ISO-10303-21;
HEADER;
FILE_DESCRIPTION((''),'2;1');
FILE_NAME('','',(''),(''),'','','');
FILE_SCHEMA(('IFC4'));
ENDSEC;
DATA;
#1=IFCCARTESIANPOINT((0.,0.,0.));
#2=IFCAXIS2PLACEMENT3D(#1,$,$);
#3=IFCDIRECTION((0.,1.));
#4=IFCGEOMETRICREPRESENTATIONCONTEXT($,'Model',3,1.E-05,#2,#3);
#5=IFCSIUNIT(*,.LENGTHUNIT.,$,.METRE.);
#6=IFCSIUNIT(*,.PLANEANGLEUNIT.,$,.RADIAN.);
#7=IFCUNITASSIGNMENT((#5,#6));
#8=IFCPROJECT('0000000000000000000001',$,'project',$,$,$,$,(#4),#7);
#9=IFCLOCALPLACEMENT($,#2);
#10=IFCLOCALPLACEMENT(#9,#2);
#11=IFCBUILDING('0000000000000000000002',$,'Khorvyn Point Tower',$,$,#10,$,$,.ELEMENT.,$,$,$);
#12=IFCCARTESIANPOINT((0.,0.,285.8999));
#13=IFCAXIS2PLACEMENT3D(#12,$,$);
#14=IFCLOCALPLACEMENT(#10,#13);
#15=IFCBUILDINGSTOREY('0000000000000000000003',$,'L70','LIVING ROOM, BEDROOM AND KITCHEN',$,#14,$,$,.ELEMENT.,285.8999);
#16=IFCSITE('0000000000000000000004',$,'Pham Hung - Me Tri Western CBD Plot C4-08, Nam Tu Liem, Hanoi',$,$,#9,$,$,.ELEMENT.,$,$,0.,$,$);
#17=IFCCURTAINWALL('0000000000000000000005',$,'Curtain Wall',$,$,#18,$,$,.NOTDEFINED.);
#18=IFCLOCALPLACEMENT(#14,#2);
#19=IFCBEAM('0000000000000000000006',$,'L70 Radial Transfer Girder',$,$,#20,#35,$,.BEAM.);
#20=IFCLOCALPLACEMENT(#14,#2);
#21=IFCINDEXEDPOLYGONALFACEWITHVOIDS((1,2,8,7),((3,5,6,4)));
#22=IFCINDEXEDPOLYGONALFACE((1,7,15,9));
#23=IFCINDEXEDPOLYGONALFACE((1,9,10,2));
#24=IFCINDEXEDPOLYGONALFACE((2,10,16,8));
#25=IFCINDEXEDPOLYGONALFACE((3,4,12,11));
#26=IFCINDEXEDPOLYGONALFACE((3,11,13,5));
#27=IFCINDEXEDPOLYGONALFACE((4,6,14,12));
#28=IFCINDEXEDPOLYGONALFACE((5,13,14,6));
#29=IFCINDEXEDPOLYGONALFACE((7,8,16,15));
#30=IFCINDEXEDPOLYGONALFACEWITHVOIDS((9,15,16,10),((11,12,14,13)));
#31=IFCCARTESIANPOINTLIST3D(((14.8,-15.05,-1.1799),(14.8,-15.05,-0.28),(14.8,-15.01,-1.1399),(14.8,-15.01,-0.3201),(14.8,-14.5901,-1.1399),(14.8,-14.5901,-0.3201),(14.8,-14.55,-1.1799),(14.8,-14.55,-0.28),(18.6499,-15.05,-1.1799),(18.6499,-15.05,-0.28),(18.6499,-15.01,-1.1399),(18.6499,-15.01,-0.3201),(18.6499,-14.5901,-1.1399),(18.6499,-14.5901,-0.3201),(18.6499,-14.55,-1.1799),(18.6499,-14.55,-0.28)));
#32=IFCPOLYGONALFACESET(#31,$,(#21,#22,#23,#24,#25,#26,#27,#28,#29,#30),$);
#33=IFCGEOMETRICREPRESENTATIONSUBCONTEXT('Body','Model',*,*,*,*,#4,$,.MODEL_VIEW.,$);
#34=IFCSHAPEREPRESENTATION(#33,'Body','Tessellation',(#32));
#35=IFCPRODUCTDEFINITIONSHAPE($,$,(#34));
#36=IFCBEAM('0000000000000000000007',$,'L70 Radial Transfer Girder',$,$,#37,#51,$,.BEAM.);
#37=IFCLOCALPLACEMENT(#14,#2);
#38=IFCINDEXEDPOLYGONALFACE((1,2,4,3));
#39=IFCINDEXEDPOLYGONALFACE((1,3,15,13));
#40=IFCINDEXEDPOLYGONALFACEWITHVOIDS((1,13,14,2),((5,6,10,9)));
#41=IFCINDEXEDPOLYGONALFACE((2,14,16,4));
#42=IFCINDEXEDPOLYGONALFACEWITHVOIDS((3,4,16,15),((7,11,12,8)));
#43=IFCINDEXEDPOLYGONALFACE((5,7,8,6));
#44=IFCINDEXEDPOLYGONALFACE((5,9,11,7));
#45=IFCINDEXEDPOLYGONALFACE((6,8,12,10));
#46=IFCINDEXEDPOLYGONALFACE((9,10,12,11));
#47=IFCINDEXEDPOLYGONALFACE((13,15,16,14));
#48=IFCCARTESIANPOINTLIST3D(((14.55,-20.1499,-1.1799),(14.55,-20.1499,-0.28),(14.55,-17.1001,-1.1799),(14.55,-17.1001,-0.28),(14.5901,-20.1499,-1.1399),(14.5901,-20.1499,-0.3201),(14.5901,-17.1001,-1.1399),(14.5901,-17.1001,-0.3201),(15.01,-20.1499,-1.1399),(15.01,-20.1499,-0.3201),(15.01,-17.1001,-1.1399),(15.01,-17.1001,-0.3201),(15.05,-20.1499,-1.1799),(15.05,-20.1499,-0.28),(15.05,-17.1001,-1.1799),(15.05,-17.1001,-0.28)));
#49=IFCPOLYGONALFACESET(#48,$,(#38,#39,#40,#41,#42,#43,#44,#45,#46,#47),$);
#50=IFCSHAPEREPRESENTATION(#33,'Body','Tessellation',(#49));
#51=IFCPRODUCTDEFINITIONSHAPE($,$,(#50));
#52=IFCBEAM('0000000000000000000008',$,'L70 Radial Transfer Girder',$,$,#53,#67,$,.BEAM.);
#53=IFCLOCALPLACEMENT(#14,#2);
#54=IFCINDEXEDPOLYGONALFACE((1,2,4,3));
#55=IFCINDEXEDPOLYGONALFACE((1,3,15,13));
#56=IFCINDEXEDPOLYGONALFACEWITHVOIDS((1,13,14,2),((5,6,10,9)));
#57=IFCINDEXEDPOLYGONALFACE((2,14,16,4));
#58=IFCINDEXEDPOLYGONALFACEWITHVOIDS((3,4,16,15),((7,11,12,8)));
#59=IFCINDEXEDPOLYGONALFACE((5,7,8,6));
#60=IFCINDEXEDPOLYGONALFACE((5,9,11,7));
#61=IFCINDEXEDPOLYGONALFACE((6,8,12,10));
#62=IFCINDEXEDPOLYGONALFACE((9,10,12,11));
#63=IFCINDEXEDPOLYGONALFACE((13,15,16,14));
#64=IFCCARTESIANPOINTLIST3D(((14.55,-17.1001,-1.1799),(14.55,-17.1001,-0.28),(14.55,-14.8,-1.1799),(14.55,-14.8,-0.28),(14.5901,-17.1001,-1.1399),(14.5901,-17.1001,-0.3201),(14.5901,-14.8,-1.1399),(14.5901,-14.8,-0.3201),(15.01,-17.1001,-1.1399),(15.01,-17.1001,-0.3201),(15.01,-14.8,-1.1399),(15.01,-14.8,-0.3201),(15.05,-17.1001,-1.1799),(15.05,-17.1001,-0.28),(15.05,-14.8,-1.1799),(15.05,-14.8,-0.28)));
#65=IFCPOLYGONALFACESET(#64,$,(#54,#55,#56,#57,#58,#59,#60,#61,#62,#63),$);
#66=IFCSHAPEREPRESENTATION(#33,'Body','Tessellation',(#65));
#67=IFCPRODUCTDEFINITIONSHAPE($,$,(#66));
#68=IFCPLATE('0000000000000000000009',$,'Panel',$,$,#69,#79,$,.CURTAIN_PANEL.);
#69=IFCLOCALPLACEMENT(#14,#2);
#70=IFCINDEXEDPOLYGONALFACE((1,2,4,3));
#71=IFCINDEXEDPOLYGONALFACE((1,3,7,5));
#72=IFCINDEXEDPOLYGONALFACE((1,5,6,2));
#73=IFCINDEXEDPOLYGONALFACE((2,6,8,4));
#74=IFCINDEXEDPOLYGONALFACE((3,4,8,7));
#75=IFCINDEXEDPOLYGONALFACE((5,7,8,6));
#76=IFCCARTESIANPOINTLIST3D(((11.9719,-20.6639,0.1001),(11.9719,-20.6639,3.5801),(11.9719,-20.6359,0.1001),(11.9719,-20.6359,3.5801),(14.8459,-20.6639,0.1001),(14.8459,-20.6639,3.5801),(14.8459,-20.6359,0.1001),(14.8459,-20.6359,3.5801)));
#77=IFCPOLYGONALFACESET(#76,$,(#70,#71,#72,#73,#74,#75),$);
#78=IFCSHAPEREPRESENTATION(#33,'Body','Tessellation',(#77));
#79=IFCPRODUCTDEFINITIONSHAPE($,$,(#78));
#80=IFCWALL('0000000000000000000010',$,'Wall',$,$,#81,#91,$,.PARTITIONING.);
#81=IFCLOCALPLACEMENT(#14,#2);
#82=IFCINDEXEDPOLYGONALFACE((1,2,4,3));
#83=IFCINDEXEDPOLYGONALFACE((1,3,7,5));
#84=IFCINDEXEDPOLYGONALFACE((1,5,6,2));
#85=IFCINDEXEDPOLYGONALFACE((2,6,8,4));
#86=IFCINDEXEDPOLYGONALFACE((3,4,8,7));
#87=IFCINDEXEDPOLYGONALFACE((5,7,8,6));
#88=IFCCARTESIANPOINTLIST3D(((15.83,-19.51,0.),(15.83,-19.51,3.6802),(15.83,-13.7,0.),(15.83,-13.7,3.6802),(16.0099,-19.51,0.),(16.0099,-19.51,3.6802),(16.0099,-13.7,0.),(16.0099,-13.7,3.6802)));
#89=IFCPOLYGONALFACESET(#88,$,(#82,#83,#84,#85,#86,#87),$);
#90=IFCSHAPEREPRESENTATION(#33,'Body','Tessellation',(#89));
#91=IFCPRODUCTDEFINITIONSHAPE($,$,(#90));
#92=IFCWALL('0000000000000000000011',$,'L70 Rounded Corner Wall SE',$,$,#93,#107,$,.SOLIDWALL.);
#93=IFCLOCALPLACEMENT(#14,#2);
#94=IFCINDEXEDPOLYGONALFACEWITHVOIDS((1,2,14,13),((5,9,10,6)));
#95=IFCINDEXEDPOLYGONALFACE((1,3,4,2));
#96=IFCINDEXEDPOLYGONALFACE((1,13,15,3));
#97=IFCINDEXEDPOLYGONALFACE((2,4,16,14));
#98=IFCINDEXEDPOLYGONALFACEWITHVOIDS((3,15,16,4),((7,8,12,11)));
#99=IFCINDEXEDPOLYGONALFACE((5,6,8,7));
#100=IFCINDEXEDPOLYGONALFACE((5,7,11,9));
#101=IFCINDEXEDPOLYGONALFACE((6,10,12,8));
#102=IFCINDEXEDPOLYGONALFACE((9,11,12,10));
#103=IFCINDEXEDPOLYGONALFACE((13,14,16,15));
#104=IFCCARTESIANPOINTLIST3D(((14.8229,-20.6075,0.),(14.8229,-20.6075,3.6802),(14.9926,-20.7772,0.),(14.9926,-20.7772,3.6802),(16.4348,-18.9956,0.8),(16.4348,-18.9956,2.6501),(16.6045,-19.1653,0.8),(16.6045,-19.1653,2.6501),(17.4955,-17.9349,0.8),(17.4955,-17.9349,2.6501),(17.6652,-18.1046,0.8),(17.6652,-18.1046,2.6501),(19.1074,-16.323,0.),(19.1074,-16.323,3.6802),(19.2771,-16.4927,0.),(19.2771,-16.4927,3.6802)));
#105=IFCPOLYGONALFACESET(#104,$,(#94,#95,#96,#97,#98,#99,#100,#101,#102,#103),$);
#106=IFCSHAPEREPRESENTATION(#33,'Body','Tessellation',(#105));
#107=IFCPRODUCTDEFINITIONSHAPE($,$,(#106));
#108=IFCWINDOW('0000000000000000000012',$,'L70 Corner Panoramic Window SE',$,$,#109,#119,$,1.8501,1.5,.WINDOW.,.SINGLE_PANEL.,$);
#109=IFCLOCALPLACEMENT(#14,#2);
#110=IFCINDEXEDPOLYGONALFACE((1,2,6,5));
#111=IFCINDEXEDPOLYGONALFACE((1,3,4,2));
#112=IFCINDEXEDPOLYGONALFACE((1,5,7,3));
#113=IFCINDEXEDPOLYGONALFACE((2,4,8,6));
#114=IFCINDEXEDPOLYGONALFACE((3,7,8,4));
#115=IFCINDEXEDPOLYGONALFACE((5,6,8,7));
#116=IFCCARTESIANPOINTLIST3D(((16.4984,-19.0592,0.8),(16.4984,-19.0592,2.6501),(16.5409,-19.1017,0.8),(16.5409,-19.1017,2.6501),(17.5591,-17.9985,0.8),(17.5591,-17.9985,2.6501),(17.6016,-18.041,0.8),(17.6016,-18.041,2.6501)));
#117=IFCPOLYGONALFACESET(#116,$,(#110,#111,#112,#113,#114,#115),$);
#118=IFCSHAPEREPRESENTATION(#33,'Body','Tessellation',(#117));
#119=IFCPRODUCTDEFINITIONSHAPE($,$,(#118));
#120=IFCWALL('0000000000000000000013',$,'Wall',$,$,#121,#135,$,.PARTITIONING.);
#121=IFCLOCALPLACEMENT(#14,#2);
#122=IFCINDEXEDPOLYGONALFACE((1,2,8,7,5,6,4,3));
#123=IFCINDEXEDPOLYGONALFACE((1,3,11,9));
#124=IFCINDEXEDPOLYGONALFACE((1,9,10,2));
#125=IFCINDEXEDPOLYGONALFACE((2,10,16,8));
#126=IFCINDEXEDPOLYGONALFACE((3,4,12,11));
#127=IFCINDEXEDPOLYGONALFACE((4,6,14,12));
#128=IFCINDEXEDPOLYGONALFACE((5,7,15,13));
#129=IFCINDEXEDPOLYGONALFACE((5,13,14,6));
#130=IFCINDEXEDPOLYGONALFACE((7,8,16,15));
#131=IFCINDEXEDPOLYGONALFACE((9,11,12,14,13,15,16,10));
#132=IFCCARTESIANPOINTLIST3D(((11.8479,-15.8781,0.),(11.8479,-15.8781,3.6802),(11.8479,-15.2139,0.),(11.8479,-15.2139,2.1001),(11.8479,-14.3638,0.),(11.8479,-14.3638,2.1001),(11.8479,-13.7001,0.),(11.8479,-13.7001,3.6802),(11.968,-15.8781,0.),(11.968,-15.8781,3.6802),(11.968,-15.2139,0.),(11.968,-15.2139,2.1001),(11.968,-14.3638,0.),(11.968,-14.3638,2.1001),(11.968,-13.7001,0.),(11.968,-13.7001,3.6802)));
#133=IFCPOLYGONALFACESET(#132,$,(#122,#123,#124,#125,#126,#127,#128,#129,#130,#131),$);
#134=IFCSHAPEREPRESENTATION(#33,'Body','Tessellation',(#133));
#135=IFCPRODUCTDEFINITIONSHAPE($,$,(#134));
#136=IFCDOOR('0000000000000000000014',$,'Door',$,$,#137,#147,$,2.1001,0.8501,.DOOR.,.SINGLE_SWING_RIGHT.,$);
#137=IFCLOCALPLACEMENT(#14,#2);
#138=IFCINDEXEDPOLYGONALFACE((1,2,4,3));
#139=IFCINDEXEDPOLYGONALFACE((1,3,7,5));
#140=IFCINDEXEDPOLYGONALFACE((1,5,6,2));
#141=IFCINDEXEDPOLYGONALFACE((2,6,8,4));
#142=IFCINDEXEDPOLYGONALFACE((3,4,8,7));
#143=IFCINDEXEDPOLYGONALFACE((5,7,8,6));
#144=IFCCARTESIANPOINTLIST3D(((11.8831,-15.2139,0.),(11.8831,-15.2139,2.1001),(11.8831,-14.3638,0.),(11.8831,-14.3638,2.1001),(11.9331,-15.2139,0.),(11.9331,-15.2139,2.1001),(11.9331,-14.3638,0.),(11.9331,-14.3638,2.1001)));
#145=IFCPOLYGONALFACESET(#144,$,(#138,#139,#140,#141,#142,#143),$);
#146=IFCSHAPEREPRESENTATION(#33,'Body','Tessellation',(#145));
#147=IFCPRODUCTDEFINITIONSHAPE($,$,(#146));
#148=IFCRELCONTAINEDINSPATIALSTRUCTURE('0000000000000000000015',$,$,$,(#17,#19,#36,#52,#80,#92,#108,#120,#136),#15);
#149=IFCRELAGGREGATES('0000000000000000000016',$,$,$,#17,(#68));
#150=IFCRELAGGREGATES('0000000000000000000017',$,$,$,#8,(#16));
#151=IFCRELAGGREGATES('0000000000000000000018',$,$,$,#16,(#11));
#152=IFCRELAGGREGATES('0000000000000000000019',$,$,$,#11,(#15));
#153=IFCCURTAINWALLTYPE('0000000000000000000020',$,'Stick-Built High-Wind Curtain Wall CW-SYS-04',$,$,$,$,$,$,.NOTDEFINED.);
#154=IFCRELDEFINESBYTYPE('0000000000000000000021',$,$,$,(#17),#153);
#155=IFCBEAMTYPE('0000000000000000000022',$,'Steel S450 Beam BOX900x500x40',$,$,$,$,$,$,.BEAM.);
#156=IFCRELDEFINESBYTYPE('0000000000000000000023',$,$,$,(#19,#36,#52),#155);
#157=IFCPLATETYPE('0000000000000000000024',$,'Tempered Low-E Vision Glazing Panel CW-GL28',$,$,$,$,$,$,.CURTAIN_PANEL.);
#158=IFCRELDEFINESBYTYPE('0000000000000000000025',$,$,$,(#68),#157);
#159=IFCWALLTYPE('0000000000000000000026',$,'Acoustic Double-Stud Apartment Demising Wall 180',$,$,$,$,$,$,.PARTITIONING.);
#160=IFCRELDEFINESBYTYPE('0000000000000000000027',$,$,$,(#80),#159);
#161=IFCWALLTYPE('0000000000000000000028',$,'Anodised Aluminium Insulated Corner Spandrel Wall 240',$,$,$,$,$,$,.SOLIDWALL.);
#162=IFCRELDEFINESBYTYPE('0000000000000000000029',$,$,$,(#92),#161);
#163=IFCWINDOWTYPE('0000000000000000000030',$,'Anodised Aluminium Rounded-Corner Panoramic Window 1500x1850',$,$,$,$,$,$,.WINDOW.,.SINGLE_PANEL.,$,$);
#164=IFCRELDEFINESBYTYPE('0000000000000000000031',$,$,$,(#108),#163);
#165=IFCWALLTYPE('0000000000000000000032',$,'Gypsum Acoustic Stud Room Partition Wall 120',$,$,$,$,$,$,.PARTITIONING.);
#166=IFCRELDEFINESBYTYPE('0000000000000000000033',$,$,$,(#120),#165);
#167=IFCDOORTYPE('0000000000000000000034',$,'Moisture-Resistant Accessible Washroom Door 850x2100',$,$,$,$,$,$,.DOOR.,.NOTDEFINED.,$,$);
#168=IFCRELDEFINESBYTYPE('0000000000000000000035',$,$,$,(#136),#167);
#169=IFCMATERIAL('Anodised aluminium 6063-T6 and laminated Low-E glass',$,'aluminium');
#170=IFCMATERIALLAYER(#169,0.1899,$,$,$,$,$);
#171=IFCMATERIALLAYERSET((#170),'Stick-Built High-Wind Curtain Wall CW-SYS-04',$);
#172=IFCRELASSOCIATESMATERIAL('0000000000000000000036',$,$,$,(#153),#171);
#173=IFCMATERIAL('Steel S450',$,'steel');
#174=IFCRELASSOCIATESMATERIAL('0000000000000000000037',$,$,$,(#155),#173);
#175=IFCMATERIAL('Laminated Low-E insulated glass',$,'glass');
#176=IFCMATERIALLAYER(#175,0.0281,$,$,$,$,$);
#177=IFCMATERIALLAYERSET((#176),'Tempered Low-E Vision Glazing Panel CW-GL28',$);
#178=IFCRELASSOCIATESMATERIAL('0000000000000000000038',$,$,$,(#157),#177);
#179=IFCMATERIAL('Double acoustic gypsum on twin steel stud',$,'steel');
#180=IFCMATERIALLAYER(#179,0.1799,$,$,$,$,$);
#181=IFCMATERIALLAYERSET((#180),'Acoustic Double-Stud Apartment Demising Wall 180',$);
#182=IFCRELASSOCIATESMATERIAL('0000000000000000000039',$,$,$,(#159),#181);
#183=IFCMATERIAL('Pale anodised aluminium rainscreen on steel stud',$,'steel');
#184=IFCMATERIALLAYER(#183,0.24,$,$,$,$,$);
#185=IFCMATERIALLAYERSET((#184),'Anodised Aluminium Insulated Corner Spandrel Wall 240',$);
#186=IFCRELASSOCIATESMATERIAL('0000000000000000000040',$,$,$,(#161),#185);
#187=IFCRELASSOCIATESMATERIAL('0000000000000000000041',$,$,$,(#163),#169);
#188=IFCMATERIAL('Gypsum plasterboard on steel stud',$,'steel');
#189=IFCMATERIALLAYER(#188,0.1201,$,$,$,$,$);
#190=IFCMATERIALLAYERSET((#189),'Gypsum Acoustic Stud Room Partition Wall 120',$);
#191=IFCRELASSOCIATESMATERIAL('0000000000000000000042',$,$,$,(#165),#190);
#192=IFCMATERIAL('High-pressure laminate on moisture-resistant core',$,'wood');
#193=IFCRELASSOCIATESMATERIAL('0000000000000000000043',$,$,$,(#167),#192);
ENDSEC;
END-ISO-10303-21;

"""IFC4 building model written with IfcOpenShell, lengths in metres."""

from ifc_helpers import new_model, si_unit, direction, frame, frame_2d, origin, origin_2d, place, context, subcontext, project, spatial, rectangle, hollow_rectangle, extrude, material, layer, layer_set, material_profile, profile_set, type_object, element, fill, aggregate, save


model = new_model("IFC4")

# Units and contexts
model_context = context("Model", 3, precision=1e-05, world=origin(), true_north=direction((0.0, 1.0)))
body_context = subcontext(model_context, "Body", "Model", "MODEL_VIEW")
ifc_project = project(units=[si_unit("LENGTHUNIT", "METRE"), si_unit("PLANEANGLEUNIT", "RADIAN")], contexts=[model_context])

# Site, building, storey
site_placement = place(None, origin())
site = spatial("IfcSite", under=ifc_project, at=site_placement, Name="Pham Hung - Me Tri Western CBD Plot C4-08, Nam Tu Liem, Hanoi", CompositionType="ELEMENT", RefElevation=0.0)
building_placement = place(site_placement, origin())
building = spatial("IfcBuilding", under=site, at=building_placement, Name="Khorvyn Point Tower", CompositionType="ELEMENT")
storey_placement = place(building_placement, frame((0.0, 0.0, 285.8999)))
storey = spatial("IfcBuildingStorey", under=building, at=storey_placement, Name="L70", Description="LIVING ROOM, BEDROOM AND KITCHEN", CompositionType="ELEMENT", Elevation=285.8999)

# Shared definitions
ifc_material_1 = material(Name="Steel S450", Category="steel")

# Curtain wall
ifc_material_2 = material(Name="Anodised aluminium 6063-T6 and laminated Low-E glass", Category="aluminium")
ifc_layer_1 = layer(ifc_material_2, 0.1899)
ifc_layer_set_1 = layer_set([ifc_layer_1], Name="Stick-Built High-Wind Curtain Wall CW-SYS-04")
curtain_wall_type = type_object("IfcCurtainWallType", Name="Stick-Built High-Wind Curtain Wall CW-SYS-04", PredefinedType="NOTDEFINED", material=ifc_layer_set_1)
curtain_wall_1_placement = place(storey_placement, origin())
curtain_wall_1 = element("IfcCurtainWall", 1, at=curtain_wall_1_placement, inside=storey, type_object=curtain_wall_type, Name="Curtain Wall", PredefinedType="NOTDEFINED")

# Beams
ifc_material_profile_1 = material_profile(ifc_material_1, hollow_rectangle(XDim=0.5, YDim=0.8999, WallThickness=0.04, at=origin_2d()))
ifc_profile_set_1 = profile_set([ifc_material_profile_1], Name="Steel S450 BOX900x500x40")
beam_type_1 = type_object("IfcBeamType", Name="Steel S450 Beam BOX900x500x40", PredefinedType="BEAM", material=ifc_profile_set_1)
beam_1_placement = place(storey_placement, frame((14.8, -14.8, -0.73), z_axis=(1.0, 0.0, 0.0), x_axis=(0.0, 1.0, 0.0)))
element("IfcBeam", 2, at=beam_1_placement, inside=storey, type_object=beam_type_1, Name="L70 Radial Transfer Girder", PredefinedType="BEAM", context=body_context, shape_type="SweptSolid", body=[
    extrude(hollow_rectangle(XDim=0.5, YDim=0.8999, WallThickness=0.04, at=origin_2d()), origin(), (0.0, 0.0, 1.0), 3.8499),
])
beam_2_placement = place(storey_placement, frame((14.8, -20.1499, -0.73), z_axis=(0.0, 1.0, 0.0), x_axis=(-1.0, 0.0, 0.0)))
element("IfcBeam", 3, at=beam_2_placement, inside=storey, type_object=beam_type_1, Name="L70 Radial Transfer Girder", PredefinedType="BEAM", context=body_context, shape_type="SweptSolid", body=[
    extrude(hollow_rectangle(XDim=0.5, YDim=0.8999, WallThickness=0.04, at=origin_2d()), origin(), (0.0, 0.0, 1.0), 3.0498),
])
beam_3_placement = place(storey_placement, frame((14.8, -17.1001, -0.73), z_axis=(0.0, 1.0, 0.0), x_axis=(-1.0, 0.0, 0.0)))
element("IfcBeam", 4, at=beam_3_placement, inside=storey, type_object=beam_type_1, Name="L70 Radial Transfer Girder", PredefinedType="BEAM", context=body_context, shape_type="SweptSolid", body=[
    extrude(hollow_rectangle(XDim=0.5, YDim=0.8999, WallThickness=0.04, at=origin_2d()), origin(), (0.0, 0.0, 1.0), 2.3),
])

# Plate
ifc_material_3 = material(Name="Laminated Low-E insulated glass", Category="glass")
ifc_layer_2 = layer(ifc_material_3, 0.0281)
ifc_layer_set_2 = layer_set([ifc_layer_2], Name="Tempered Low-E Vision Glazing Panel CW-GL28")
plate_type = type_object("IfcPlateType", Name="Tempered Low-E Vision Glazing Panel CW-GL28", PredefinedType="CURTAIN_PANEL", material=ifc_layer_set_2)
plate_placement = place(storey_placement, frame((13.4089, -20.6499, 0.1001), z_axis=(0.0, 0.0, 1.0), x_axis=(-1.0, 0.0, 0.0)))
plate = element("IfcPlate", 5, at=plate_placement, type_object=plate_type, Name="Panel", PredefinedType="CURTAIN_PANEL", context=body_context, shape_type="SweptSolid", body=[
    extrude(rectangle(XDim=2.874, YDim=0.0281, at=origin_2d()), origin(), (0.0, 0.0, 1.0), 3.48),
])
aggregate(curtain_wall_1, [plate])

# Wall
ifc_material_4 = material(Name="Double acoustic gypsum on twin steel stud", Category="steel")
ifc_layer_3 = layer(ifc_material_4, 0.1799)
ifc_layer_set_3 = layer_set([ifc_layer_3], Name="Acoustic Double-Stud Apartment Demising Wall 180")
wall_type_1 = type_object("IfcWallType", Name="Acoustic Double-Stud Apartment Demising Wall 180", PredefinedType="PARTITIONING", material=ifc_layer_set_3)
wall_1_placement = place(storey_placement, frame((15.9199, -19.51, 0.0), z_axis=(0.0, 0.0, 1.0), x_axis=(0.0, 1.0, 0.0)))
element("IfcWall", 6, at=wall_1_placement, inside=storey, type_object=wall_type_1, Name="Wall", PredefinedType="PARTITIONING", context=body_context, shape_type="SweptSolid", body=[
    extrude(rectangle(XDim=5.8101, YDim=0.1799, at=frame_2d((2.905, 0.0))), origin(), (0.0, 0.0, 1.0), 3.6802),
])

# Wall, opening, window
ifc_material_5 = material(Name="Pale anodised aluminium rainscreen on steel stud", Category="steel")
ifc_layer_4 = layer(ifc_material_5, 0.24)
ifc_layer_set_4 = layer_set([ifc_layer_4], Name="Anodised Aluminium Insulated Corner Spandrel Wall 240")
wall_type_2 = type_object("IfcWallType", Name="Anodised Aluminium Insulated Corner Spandrel Wall 240", PredefinedType="SOLIDWALL", material=ifc_layer_set_4)
wall_2_placement = place(storey_placement, frame((19.1924, -16.4077, 0.0), z_axis=(0.0, 0.0, 1.0), x_axis=(-0.707107, -0.707107, 0.0)))
wall_2 = element("IfcWall", 7, at=wall_2_placement, inside=storey, type_object=wall_type_2, Name="L70 Rounded Corner Wall SE", PredefinedType="SOLIDWALL", context=body_context, shape_type="SweptSolid", body=[
    extrude(rectangle(XDim=6.0593, YDim=0.24, at=frame_2d((3.0298, 0.0))), origin(), (0.0, 0.0, 1.0), 3.6802),
])
opening_1_placement = place(wall_2_placement, frame((2.2798, 0.0, 0.8)))
opening_1 = element("IfcOpeningElement", 8, at=opening_1_placement, cuts=wall_2, PredefinedType="OPENING", context=body_context, shape_type="SweptSolid", body=[
    extrude(rectangle(XDim=1.5, YDim=1.8501, at=frame_2d((0.75, 0.925))), frame((0.0, 0.1299, 0.0), z_axis=(0.0, -1.0, 0.0), x_axis=(1.0, 0.0, 0.0)), (0.0, 0.0, 1.0), 0.26),
])
window_type = type_object("IfcWindowType", Name="Anodised Aluminium Rounded-Corner Panoramic Window 1500x1850", PartitioningType="SINGLE_PANEL", PredefinedType="WINDOW", material=ifc_material_2)
window_placement = place(opening_1_placement, origin())
window = element("IfcWindow", 9, at=window_placement, inside=storey, type_object=window_type, Name="L70 Corner Panoramic Window SE", OverallHeight=1.8501, OverallWidth=1.5, PartitioningType="SINGLE_PANEL", PredefinedType="WINDOW", context=body_context, shape_type="SweptSolid", body=[
    extrude(rectangle(XDim=1.5, YDim=1.8501, at=frame_2d((0.75, 0.925))), frame((0.0, 0.03, 0.0), z_axis=(0.0, -1.0, 0.0), x_axis=(1.0, 0.0, 0.0)), (0.0, 0.0, 1.0), 0.0601),
])
fill(opening_1, window)

# Wall, opening, door
ifc_material_6 = material(Name="Gypsum plasterboard on steel stud", Category="steel")
ifc_layer_5 = layer(ifc_material_6, 0.1201)
ifc_layer_set_5 = layer_set([ifc_layer_5], Name="Gypsum Acoustic Stud Room Partition Wall 120")
wall_type_3 = type_object("IfcWallType", Name="Gypsum Acoustic Stud Room Partition Wall 120", PredefinedType="PARTITIONING", material=ifc_layer_set_5)
wall_3_placement = place(storey_placement, frame((11.908, -15.8779, 0.0), z_axis=(0.0, 0.0, 1.0), x_axis=(0.0, 1.0, 0.0)))
wall_3 = element("IfcWall", 10, at=wall_3_placement, inside=storey, type_object=wall_type_3, Name="Wall", PredefinedType="PARTITIONING", context=body_context, shape_type="SweptSolid", body=[
    extrude(rectangle(XDim=2.178, YDim=0.1201, at=frame_2d((1.0889, 0.0))), origin(), (0.0, 0.0, 1.0), 3.6802),
])
opening_2_placement = place(wall_3_placement, frame((0.6641, 0.0, 0.0)))
opening_2 = element("IfcOpeningElement", 11, at=opening_2_placement, cuts=wall_3, PredefinedType="OPENING", context=body_context, shape_type="SweptSolid", body=[
    extrude(rectangle(XDim=0.8501, YDim=2.1001, at=frame_2d((0.425, 1.05))), frame((0.0, 0.0701, 0.0), z_axis=(0.0, -1.0, 0.0), x_axis=(1.0, 0.0, 0.0)), (0.0, 0.0, 1.0), 0.1401),
])
ifc_material_7 = material(Name="High-pressure laminate on moisture-resistant core", Category="wood")
door_type_1 = type_object("IfcDoorType", Name="Moisture-Resistant Accessible Washroom Door 850x2100", OperationType="NOTDEFINED", PredefinedType="DOOR", material=ifc_material_7)
door_1_placement = place(opening_2_placement, origin())
door_1 = element("IfcDoor", 12, at=door_1_placement, inside=storey, type_object=door_type_1, Name="Door", OperationType="SINGLE_SWING_RIGHT", OverallHeight=2.1001, OverallWidth=0.8501, PredefinedType="DOOR", context=body_context, shape_type="SweptSolid", body=[
    extrude(rectangle(XDim=0.8501, YDim=2.1001, at=frame_2d((0.425, 1.05))), frame((0.0, 0.0249, 0.0), z_axis=(0.0, -1.0, 0.0), x_axis=(1.0, 0.0, 0.0)), (0.0, 0.0, 1.0), 0.05),
])
fill(opening_2, door_1)

save(model, "model.ifc")
